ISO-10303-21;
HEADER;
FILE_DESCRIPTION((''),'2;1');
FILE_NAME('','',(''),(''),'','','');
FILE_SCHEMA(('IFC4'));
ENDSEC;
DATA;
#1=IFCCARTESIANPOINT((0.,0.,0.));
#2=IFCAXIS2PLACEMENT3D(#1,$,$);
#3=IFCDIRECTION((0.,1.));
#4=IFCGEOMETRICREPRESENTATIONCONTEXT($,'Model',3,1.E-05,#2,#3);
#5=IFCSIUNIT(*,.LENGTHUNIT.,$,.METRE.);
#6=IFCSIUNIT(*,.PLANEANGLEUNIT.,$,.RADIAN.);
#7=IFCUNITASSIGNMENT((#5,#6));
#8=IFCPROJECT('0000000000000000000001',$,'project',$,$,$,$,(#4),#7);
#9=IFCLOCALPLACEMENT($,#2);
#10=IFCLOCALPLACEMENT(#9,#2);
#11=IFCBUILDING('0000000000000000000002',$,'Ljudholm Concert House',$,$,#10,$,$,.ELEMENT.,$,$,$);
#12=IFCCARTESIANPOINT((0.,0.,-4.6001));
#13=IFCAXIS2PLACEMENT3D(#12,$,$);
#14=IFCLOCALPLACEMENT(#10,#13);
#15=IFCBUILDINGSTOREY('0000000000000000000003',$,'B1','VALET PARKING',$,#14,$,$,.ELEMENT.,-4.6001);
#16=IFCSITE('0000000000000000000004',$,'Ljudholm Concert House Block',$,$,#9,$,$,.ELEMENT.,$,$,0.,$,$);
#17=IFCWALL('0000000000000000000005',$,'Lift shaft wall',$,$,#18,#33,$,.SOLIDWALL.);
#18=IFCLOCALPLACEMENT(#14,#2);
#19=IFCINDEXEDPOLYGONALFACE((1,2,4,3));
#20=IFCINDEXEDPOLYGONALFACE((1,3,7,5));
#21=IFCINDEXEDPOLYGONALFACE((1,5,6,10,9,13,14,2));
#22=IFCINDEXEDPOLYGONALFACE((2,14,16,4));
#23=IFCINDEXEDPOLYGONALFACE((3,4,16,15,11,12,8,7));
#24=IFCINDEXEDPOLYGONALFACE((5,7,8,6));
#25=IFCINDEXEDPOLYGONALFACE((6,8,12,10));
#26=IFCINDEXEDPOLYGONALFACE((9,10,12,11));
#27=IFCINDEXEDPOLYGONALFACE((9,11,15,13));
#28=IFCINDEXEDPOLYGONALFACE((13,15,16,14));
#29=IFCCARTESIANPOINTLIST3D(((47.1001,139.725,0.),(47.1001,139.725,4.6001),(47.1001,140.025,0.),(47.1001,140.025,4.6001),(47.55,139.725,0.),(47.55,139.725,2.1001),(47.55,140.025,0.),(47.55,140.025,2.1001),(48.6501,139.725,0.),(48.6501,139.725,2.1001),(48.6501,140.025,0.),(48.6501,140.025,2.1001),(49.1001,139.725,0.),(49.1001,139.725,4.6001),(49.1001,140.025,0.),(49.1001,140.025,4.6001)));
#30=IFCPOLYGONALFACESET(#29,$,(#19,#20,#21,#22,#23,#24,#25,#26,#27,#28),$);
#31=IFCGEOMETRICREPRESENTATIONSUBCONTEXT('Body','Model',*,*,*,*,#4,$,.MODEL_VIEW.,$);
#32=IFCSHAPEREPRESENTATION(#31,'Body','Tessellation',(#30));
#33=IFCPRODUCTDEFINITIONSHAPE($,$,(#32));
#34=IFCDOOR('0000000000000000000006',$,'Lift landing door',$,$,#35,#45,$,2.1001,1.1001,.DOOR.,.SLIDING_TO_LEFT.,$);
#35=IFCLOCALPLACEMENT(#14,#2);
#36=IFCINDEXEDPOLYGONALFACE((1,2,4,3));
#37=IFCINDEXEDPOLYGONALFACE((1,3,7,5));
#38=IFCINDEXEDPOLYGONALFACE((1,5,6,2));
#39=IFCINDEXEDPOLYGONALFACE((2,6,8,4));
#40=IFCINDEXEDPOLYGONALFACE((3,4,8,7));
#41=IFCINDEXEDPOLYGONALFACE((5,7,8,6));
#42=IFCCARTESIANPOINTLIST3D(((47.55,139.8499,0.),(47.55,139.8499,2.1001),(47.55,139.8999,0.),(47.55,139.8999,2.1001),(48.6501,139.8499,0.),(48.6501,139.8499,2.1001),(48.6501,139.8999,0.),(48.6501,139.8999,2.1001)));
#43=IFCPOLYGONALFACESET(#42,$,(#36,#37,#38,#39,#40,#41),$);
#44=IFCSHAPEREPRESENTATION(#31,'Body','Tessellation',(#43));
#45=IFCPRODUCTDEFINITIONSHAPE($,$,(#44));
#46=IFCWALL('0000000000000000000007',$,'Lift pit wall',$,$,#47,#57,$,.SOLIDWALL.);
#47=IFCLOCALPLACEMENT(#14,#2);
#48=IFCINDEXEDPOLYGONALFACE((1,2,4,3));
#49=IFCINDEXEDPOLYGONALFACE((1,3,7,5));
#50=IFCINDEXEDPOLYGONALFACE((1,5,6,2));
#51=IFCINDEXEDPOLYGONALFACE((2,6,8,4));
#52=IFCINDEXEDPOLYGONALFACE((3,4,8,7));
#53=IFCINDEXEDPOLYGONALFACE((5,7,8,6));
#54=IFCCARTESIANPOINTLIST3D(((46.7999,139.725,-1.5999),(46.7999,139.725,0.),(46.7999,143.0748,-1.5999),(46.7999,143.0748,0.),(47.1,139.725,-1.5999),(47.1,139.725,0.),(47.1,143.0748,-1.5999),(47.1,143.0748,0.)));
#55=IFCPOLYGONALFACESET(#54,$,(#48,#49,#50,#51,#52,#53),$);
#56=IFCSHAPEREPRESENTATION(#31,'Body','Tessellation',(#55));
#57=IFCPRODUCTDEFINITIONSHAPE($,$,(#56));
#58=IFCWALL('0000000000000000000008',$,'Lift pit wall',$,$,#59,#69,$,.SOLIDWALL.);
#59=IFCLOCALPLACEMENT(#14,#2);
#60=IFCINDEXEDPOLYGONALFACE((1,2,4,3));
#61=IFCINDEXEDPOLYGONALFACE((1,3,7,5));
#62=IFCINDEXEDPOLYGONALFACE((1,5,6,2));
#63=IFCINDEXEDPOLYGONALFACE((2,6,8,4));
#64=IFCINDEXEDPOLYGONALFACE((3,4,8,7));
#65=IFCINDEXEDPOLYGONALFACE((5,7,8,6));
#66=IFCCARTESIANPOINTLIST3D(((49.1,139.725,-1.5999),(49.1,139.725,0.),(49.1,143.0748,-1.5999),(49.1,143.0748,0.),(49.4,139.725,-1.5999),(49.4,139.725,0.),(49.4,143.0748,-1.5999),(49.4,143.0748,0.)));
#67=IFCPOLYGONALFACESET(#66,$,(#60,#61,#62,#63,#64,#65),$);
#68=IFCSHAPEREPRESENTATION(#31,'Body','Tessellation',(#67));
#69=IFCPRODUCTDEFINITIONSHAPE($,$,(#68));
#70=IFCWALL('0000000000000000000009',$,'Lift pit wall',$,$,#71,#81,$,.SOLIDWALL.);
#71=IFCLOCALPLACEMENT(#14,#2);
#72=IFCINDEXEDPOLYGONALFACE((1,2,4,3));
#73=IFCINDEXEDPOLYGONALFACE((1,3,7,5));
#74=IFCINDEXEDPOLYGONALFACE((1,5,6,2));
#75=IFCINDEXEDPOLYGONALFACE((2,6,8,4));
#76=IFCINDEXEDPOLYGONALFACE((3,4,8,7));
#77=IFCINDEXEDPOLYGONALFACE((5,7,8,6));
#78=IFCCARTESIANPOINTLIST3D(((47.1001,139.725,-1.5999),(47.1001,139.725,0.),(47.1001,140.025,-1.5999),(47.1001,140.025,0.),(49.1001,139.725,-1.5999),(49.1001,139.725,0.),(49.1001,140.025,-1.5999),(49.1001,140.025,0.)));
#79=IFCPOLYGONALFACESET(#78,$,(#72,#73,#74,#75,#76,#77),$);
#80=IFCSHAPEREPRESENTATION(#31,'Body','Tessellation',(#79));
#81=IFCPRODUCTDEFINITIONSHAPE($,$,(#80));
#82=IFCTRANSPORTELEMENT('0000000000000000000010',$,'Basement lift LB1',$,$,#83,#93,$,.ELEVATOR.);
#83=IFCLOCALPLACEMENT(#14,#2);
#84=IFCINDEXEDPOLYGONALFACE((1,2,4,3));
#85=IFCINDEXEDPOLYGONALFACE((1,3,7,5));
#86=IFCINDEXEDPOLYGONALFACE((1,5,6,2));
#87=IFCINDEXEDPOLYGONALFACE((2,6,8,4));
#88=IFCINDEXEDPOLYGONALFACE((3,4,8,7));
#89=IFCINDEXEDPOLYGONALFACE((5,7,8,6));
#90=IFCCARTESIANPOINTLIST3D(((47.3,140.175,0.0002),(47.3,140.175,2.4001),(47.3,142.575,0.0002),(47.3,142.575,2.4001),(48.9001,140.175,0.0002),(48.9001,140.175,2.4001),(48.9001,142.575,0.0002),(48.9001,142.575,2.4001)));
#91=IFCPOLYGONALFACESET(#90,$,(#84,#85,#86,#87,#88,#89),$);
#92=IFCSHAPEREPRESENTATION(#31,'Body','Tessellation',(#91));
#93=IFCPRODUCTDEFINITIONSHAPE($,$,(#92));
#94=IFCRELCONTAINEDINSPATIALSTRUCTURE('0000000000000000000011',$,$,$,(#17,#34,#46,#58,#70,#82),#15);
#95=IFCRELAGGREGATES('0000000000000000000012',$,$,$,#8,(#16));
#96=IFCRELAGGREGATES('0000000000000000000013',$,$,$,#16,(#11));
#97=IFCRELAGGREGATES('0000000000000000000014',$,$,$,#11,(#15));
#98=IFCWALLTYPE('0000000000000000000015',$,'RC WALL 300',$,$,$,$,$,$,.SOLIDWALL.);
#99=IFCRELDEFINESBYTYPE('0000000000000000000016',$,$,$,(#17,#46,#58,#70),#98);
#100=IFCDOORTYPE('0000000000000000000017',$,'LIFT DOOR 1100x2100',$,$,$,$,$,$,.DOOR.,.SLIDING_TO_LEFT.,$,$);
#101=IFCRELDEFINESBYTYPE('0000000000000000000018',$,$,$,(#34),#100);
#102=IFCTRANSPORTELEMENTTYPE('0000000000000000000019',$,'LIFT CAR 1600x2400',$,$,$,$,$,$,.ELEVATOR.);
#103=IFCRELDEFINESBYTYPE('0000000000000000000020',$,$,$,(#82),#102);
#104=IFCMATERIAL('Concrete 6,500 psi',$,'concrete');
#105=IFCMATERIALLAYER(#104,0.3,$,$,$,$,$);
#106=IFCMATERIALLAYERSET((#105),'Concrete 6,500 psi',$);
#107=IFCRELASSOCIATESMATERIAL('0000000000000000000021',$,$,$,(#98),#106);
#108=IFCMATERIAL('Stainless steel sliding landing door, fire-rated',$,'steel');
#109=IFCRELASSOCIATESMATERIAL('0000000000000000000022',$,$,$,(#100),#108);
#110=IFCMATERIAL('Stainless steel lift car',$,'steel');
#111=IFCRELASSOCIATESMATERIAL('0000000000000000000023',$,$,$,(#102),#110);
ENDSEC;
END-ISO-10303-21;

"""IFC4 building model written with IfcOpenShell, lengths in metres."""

from ifc_helpers import new_model, si_unit, direction, frame, frame_2d, origin, origin_2d, place, context, subcontext, project, spatial, rectangle, extrude, material, layer, layer_set, type_object, element, fill, save


model = new_model("IFC4")

# Units and contexts
model_context = context("Model", 3, precision=1e-05, world=origin(), true_north=direction((0.0, 1.0)))
body_context = subcontext(model_context, "Body", "Model", "MODEL_VIEW")
ifc_project = project(units=[si_unit("LENGTHUNIT", "METRE"), si_unit("PLANEANGLEUNIT", "RADIAN")], contexts=[model_context])

# Site, building, storey
site_placement = place(None, origin())
site = spatial("IfcSite", under=ifc_project, at=site_placement, Name="Ljudholm Concert House Block", CompositionType="ELEMENT", RefElevation=0.0)
building_placement = place(site_placement, origin())
building = spatial("IfcBuilding", under=site, at=building_placement, Name="Ljudholm Concert House", CompositionType="ELEMENT")
storey_placement = place(building_placement, frame((0.0, 0.0, -4.6001)))
storey = spatial("IfcBuildingStorey", under=building, at=storey_placement, Name="B1", Description="VALET PARKING", CompositionType="ELEMENT", Elevation=-4.6001)

# Shared definitions
ifc_material_1 = material(Name="Concrete 6,500 psi", Category="concrete")
ifc_layer_1 = layer(ifc_material_1, 0.3)
ifc_layer_set_1 = layer_set([ifc_layer_1], Name="Concrete 6,500 psi")
wall_type_1 = type_object("IfcWallType", Name="RC WALL 300", PredefinedType="SOLIDWALL", material=ifc_layer_set_1)

# Wall, opening, door
wall_1_placement = place(storey_placement, frame((47.1001, 139.875, 0.0), z_axis=(0.0, 0.0, 1.0), x_axis=(1.0, 0.0, 0.0)))
wall_1 = element("IfcWall", 1, at=wall_1_placement, inside=storey, type_object=wall_type_1, Name="Lift shaft wall", PredefinedType="SOLIDWALL", context=body_context, shape_type="SweptSolid", body=[
    extrude(rectangle(XDim=2.0, YDim=0.3, at=frame_2d((1.0, 0.0))), origin(), (0.0, 0.0, 1.0), 4.6001),
])
opening_1_placement = place(wall_1_placement, frame((0.45, 0.0, 0.0)))
opening_1 = element("IfcOpeningElement", 2, at=opening_1_placement, cuts=wall_1, PredefinedType="OPENING", context=body_context, shape_type="SweptSolid", body=[
    extrude(rectangle(XDim=1.1001, YDim=2.1001, at=frame_2d((0.55, 1.05))), frame((0.0, 0.1599, 0.0), z_axis=(0.0, -1.0, 0.0), x_axis=(1.0, 0.0, 0.0)), (0.0, 0.0, 1.0), 0.3201),
])
ifc_material_2 = material(Name="Stainless steel sliding landing door, fire-rated", Category="steel")
door_type_1 = type_object("IfcDoorType", Name="LIFT DOOR 1100x2100", OperationType="SLIDING_TO_LEFT", PredefinedType="DOOR", material=ifc_material_2)
door_1_placement = place(opening_1_placement, origin())
door_1 = element("IfcDoor", 3, at=door_1_placement, inside=storey, type_object=door_type_1, Name="Lift landing door", OperationType="SLIDING_TO_LEFT", OverallHeight=2.1001, OverallWidth=1.1001, PredefinedType="DOOR", context=body_context, shape_type="SweptSolid", body=[
    extrude(rectangle(XDim=1.1001, YDim=2.1001, at=frame_2d((0.55, 1.05))), frame((0.0, 0.0249, 0.0), z_axis=(0.0, -1.0, 0.0), x_axis=(1.0, 0.0, 0.0)), (0.0, 0.0, 1.0), 0.05),
])
fill(opening_1, door_1)

# Walls
for number, where, z_axis, x_axis, name in (
    (4, (46.95, 139.7251, -1.5999), (0.0, 0.0, 1.0), (0.0, 1.0, 0.0), "Lift pit wall"),
    (5, (49.25, 139.7251, -1.5999), (0.0, 0.0, 1.0), (0.0, 1.0, 0.0), "Lift pit wall"),
):
    element("IfcWall", number, at=place(storey_placement, frame(where, z_axis=z_axis, x_axis=x_axis)), inside=storey, type_object=wall_type_1, Name=name, PredefinedType="SOLIDWALL", context=body_context, shape_type="SweptSolid", body=[
        extrude(rectangle(XDim=3.3499, YDim=0.3, at=frame_2d((1.6748, 0.0))), origin(), (0.0, 0.0, 1.0), 1.5999),
    ])
wall_2_placement = place(storey_placement, frame((47.1001, 139.875, -1.5999), z_axis=(0.0, 0.0, 1.0), x_axis=(1.0, 0.0, 0.0)))
element("IfcWall", 6, at=wall_2_placement, inside=storey, type_object=wall_type_1, Name="Lift pit wall", PredefinedType="SOLIDWALL", context=body_context, shape_type="SweptSolid", body=[
    extrude(rectangle(XDim=2.0, YDim=0.3, at=frame_2d((1.0, 0.0))), origin(), (0.0, 0.0, 1.0), 1.5999),
])

# Transport element
ifc_material_3 = material(Name="Stainless steel lift car", Category="steel")
transport_element_type = type_object("IfcTransportElementType", Name="LIFT CAR 1600x2400", PredefinedType="ELEVATOR", material=ifc_material_3)
transport_element_placement = place(storey_placement, frame((48.1001, 141.375, 0.0002), z_axis=(0.0, 0.0, 1.0), x_axis=(1.0, 0.0, 0.0)))
element("IfcTransportElement", 7, at=transport_element_placement, inside=storey, type_object=transport_element_type, Name="Basement lift LB1", PredefinedType="ELEVATOR", context=body_context, shape_type="SweptSolid", body=[
    extrude(rectangle(XDim=1.6001, YDim=2.3999, at=origin_2d()), origin(), (0.0, 0.0, 1.0), 2.3999),
])

save(model, "model.ifc")
